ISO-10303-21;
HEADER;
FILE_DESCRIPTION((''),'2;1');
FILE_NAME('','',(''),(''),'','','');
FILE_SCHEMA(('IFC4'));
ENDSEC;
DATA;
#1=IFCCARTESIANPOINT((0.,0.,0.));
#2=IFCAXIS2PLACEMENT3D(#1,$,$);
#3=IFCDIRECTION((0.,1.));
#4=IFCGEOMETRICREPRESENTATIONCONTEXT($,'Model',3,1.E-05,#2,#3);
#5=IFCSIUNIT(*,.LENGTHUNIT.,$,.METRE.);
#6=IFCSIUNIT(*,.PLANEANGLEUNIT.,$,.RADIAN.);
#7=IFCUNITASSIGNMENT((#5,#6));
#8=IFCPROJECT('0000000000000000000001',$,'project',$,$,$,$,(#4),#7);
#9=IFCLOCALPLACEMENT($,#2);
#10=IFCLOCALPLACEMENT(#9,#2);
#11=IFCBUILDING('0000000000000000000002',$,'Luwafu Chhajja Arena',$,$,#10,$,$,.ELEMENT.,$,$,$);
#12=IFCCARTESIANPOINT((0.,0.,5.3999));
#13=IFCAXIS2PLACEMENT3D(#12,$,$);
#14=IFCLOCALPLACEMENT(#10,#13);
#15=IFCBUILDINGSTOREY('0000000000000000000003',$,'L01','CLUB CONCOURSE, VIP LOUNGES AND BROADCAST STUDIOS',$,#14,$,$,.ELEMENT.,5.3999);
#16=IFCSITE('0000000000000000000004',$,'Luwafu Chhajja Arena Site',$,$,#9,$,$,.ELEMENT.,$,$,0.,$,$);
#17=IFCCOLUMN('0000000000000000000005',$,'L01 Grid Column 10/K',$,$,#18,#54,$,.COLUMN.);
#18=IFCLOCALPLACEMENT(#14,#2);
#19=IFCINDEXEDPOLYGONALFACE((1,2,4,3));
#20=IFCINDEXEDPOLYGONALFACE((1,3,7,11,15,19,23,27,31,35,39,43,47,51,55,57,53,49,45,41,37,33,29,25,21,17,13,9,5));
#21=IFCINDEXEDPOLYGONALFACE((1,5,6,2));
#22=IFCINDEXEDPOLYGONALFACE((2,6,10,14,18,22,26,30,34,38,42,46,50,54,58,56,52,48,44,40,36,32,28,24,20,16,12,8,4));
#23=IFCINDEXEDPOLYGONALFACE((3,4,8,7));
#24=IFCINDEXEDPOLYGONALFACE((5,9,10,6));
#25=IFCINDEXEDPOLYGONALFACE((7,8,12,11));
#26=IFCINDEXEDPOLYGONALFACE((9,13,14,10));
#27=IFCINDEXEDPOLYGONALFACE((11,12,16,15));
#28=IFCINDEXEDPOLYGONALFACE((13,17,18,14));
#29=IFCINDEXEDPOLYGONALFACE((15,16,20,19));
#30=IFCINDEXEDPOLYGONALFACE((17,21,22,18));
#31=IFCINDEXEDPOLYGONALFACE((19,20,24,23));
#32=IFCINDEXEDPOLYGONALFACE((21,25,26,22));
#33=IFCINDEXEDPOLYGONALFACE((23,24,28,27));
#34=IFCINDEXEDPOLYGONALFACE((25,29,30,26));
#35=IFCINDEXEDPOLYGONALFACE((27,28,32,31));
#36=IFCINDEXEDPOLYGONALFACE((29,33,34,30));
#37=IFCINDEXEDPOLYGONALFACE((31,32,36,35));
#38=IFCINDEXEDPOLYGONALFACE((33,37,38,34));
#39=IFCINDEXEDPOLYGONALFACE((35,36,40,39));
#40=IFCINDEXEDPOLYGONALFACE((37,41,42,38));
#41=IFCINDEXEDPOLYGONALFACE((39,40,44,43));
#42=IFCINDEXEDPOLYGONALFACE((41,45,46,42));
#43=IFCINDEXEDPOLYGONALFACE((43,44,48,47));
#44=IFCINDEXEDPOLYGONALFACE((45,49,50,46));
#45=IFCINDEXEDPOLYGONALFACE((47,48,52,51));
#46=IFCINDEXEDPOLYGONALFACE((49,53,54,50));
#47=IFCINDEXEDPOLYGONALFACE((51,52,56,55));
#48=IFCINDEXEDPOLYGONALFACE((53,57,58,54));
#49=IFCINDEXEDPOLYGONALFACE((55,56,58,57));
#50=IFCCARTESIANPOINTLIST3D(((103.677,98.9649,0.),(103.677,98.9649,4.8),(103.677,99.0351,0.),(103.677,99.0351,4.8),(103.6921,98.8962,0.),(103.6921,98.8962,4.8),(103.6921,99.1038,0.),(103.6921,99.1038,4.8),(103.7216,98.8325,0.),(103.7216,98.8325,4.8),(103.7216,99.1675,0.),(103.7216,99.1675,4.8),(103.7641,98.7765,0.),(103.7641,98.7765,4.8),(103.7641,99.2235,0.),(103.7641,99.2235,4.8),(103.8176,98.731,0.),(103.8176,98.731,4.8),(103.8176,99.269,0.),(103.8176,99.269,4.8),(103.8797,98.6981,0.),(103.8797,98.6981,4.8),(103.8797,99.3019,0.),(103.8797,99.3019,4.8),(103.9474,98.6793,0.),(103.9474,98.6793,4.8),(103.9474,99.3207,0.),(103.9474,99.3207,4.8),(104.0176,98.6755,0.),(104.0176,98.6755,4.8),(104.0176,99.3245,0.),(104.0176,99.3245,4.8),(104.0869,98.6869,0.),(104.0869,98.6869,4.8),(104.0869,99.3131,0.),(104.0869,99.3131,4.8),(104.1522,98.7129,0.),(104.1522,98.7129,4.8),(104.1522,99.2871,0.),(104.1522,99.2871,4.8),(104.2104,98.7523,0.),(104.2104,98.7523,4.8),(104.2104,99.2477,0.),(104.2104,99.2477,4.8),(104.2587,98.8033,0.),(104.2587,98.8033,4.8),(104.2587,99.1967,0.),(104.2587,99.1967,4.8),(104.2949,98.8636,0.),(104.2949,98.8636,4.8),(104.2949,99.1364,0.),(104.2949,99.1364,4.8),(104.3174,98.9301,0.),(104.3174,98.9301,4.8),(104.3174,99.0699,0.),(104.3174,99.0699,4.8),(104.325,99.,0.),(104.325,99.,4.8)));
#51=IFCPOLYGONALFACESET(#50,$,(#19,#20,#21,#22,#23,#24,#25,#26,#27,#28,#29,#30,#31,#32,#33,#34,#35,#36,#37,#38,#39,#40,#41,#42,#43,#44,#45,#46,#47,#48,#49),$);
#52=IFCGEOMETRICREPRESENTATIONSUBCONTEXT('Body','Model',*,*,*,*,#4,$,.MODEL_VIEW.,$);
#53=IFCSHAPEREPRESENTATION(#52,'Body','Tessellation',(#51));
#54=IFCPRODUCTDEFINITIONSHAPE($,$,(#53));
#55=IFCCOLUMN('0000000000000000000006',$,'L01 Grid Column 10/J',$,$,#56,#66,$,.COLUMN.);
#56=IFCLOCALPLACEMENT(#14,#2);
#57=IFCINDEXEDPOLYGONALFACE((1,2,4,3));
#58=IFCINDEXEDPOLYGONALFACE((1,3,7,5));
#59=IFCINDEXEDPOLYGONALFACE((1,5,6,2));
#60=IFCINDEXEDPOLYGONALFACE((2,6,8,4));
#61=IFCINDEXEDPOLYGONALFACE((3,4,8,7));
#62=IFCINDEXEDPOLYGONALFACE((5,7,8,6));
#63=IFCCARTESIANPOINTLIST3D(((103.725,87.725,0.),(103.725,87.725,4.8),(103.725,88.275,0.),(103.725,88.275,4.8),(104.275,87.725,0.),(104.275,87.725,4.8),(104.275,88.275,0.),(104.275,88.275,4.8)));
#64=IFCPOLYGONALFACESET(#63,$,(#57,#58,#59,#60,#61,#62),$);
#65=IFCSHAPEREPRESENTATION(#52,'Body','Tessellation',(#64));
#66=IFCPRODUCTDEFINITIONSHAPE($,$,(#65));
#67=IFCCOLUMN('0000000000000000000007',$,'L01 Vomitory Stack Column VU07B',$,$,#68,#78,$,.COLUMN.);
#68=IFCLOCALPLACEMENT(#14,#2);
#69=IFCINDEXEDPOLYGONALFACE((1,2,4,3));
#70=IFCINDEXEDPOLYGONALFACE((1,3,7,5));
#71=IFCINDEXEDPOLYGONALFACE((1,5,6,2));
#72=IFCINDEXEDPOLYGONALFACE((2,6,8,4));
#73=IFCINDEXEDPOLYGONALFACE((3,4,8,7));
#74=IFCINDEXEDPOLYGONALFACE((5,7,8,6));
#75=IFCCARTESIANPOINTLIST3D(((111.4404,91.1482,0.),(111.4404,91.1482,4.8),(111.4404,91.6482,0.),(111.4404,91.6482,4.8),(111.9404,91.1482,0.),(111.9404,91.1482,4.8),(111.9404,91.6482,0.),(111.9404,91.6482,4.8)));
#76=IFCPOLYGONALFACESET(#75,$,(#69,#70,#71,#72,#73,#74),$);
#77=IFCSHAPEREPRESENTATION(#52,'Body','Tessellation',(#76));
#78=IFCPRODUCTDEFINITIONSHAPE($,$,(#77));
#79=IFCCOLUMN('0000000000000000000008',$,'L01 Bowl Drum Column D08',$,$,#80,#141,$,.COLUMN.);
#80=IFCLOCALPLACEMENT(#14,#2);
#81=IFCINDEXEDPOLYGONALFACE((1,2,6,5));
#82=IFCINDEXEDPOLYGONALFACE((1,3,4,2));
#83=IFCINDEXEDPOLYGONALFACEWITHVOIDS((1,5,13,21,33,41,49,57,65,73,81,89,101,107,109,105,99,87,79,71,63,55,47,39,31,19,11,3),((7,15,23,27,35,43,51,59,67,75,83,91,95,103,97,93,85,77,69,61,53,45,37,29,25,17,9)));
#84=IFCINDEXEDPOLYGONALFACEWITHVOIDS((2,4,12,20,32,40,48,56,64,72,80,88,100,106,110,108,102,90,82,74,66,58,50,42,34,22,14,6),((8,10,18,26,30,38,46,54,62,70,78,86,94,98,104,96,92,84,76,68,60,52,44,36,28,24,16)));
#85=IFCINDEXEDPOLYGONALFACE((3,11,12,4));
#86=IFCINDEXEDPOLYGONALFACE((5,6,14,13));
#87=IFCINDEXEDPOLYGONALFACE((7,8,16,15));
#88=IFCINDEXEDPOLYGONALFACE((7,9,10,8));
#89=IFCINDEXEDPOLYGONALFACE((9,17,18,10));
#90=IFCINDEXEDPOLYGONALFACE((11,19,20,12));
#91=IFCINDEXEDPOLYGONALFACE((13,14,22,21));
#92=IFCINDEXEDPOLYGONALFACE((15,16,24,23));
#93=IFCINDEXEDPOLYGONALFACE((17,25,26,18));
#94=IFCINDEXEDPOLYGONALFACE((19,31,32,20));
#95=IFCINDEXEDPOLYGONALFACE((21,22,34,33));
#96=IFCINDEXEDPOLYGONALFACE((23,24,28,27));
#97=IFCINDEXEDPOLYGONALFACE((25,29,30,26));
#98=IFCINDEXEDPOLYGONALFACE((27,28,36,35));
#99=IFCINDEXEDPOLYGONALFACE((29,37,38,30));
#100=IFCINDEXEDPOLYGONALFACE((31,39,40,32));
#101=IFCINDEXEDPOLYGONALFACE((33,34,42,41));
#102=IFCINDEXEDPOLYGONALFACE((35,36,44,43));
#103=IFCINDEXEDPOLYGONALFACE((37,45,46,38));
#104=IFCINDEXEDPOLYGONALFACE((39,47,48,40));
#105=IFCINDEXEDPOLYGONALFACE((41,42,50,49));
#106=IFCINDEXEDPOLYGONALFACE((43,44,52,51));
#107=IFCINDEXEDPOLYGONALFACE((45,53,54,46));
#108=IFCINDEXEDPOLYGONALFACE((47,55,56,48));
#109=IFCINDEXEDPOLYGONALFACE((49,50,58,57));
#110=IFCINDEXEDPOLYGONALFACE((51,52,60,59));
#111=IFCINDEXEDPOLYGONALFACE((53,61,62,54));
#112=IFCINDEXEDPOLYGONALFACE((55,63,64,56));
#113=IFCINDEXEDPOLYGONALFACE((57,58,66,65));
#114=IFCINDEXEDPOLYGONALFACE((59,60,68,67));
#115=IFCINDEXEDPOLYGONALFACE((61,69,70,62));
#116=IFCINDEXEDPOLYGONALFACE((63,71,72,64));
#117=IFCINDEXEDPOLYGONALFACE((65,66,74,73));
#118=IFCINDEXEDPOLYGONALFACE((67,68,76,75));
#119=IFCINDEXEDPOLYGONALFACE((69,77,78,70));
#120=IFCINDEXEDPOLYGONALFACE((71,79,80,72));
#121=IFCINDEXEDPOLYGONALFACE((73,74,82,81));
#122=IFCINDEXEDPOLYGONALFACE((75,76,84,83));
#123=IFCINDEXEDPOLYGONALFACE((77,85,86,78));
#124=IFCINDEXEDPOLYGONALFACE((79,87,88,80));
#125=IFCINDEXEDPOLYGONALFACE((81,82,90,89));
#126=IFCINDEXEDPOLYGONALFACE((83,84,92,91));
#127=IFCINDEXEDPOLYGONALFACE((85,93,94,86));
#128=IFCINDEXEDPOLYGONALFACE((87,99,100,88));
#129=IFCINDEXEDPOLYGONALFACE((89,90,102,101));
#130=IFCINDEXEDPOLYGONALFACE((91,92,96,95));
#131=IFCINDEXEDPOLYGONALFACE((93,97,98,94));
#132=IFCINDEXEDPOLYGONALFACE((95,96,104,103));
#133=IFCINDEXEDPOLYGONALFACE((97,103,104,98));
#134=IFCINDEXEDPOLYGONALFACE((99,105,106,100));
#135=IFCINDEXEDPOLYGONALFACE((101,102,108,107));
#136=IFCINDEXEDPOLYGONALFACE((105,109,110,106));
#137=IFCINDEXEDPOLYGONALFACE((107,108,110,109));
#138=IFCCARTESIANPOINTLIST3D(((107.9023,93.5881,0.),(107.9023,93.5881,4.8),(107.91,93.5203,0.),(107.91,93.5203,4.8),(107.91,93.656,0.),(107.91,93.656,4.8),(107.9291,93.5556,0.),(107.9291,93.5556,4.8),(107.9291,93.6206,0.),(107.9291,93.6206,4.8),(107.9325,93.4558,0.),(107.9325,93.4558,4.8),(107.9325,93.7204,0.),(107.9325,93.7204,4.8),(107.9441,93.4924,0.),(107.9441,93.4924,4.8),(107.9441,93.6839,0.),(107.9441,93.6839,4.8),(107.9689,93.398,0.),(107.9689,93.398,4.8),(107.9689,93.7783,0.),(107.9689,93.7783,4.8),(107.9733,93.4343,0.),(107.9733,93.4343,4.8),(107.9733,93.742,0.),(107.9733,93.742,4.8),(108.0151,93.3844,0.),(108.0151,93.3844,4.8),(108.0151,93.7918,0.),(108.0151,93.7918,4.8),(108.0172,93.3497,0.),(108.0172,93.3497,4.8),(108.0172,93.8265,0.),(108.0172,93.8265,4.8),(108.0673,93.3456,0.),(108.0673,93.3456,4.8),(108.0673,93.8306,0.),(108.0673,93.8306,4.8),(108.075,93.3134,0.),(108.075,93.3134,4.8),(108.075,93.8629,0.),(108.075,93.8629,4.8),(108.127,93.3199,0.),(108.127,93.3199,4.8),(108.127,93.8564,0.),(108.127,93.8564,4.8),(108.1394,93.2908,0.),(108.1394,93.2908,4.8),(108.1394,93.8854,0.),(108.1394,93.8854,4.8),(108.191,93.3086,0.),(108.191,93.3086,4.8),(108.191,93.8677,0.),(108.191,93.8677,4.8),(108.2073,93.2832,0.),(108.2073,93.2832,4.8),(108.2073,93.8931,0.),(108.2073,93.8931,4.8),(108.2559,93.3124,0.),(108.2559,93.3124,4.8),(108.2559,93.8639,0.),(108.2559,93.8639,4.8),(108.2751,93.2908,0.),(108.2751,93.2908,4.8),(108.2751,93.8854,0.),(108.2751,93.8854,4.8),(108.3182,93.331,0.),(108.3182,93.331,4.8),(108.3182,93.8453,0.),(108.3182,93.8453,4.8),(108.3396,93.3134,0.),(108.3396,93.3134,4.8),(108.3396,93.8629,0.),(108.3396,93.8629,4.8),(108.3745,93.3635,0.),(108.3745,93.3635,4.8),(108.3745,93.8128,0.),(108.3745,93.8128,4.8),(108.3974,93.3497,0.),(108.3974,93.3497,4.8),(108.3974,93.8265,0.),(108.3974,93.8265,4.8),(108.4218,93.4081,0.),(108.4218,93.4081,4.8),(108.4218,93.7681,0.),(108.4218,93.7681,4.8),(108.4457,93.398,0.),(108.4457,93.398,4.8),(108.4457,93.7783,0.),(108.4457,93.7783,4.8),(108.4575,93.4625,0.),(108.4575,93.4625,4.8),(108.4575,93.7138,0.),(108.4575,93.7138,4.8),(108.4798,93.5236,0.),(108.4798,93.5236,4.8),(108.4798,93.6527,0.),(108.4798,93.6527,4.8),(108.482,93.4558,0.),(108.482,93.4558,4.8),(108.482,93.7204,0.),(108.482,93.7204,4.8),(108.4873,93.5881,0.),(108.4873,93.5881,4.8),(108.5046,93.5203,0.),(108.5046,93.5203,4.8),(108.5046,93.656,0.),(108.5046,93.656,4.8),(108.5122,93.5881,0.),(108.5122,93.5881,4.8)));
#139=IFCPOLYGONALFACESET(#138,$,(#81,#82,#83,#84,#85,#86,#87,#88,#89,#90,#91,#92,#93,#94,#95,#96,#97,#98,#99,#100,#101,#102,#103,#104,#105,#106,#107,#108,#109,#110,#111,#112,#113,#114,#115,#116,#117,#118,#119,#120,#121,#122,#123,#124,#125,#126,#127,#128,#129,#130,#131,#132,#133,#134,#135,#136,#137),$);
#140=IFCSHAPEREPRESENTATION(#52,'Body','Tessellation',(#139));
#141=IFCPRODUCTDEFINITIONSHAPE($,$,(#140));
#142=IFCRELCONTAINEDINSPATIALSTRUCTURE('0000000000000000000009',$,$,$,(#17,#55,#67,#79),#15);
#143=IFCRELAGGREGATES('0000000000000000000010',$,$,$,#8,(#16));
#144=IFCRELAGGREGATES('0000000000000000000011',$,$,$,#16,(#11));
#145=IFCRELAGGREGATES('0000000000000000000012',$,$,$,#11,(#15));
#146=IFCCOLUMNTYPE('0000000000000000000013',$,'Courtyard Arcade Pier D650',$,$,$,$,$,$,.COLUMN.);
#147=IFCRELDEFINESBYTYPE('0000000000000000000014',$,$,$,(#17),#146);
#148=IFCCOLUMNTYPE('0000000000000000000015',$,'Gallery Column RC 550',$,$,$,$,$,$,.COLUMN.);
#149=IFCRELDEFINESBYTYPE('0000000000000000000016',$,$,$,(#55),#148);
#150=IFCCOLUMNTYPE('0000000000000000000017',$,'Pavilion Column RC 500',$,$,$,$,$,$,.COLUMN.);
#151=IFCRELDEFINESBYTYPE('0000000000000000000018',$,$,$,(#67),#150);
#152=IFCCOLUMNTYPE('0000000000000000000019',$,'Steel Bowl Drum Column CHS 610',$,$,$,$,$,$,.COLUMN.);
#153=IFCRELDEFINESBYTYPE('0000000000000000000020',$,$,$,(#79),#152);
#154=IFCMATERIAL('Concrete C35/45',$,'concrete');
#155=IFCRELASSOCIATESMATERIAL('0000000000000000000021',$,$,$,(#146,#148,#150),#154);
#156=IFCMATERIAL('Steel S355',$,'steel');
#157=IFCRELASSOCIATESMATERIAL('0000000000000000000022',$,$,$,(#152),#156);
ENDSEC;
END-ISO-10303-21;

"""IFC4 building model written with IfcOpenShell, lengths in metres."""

from ifc_helpers import new_model, si_unit, direction, frame, origin, origin_2d, place, context, subcontext, project, spatial, rectangle, circle, hollow_circle, extrude, material, material_profile, profile_set, type_object, element, save


model = new_model("IFC4")

# Units and contexts
model_context = context("Model", 3, precision=1e-05, world=origin(), true_north=direction((0.0, 1.0)))
body_context = subcontext(model_context, "Body", "Model", "MODEL_VIEW")
ifc_project = project(units=[si_unit("LENGTHUNIT", "METRE"), si_unit("PLANEANGLEUNIT", "RADIAN")], contexts=[model_context])

# Site, building, storey
site_placement = place(None, origin())
site = spatial("IfcSite", under=ifc_project, at=site_placement, Name="Luwafu Chhajja Arena Site", CompositionType="ELEMENT", RefElevation=0.0)
building_placement = place(site_placement, origin())
building = spatial("IfcBuilding", under=site, at=building_placement, Name="Luwafu Chhajja Arena", CompositionType="ELEMENT")
storey_placement = place(building_placement, frame((0.0, 0.0, 5.3999)))
storey = spatial("IfcBuildingStorey", under=building, at=storey_placement, Name="L01", Description="CLUB CONCOURSE, VIP LOUNGES AND BROADCAST STUDIOS", CompositionType="ELEMENT", Elevation=5.3999)

# Columns
ifc_material_1 = material(Name="Concrete C35/45", Category="concrete")
ifc_material_profile_1 = material_profile(ifc_material_1, circle(Radius=0.325, at=origin_2d()), Name="RC COL D650")
ifc_profile_set_1 = profile_set([ifc_material_profile_1], Name="Concrete C35/45")
column_type_1 = type_object("IfcColumnType", Name="Courtyard Arcade Pier D650", PredefinedType="COLUMN", material=ifc_profile_set_1)
column_1_placement = place(storey_placement, frame((104.0, 99.0, 0.0), z_axis=(0.0, 0.0, 1.0), x_axis=(1.0, 0.0, 0.0)))
element("IfcColumn", 1, at=column_1_placement, inside=storey, type_object=column_type_1, Name="L01 Grid Column 10/K", PredefinedType="COLUMN", context=body_context, shape_type="SweptSolid", body=[
    extrude(circle(Radius=0.325, at=origin_2d()), origin(), (0.0, 0.0, 1.0), 4.8),
])
ifc_material_profile_2 = material_profile(ifc_material_1, rectangle(XDim=0.55, YDim=0.55, at=origin_2d()), Name="RC 550x550")
ifc_profile_set_2 = profile_set([ifc_material_profile_2], Name="Concrete C35/45")
column_type_2 = type_object("IfcColumnType", Name="Gallery Column RC 550", PredefinedType="COLUMN", material=ifc_profile_set_2)
column_2_placement = place(storey_placement, frame((104.0, 88.0, 0.0), z_axis=(0.0, 0.0, 1.0), x_axis=(1.0, 0.0, 0.0)))
element("IfcColumn", 2, at=column_2_placement, inside=storey, type_object=column_type_2, Name="L01 Grid Column 10/J", PredefinedType="COLUMN", context=body_context, shape_type="SweptSolid", body=[
    extrude(rectangle(XDim=0.55, YDim=0.55, at=origin_2d()), origin(), (0.0, 0.0, 1.0), 4.8),
])
ifc_material_profile_3 = material_profile(ifc_material_1, rectangle(XDim=0.5, YDim=0.5, at=origin_2d()), Name="RC 500x500")
ifc_profile_set_3 = profile_set([ifc_material_profile_3], Name="Concrete C35/45")
column_type_3 = type_object("IfcColumnType", Name="Pavilion Column RC 500", PredefinedType="COLUMN", material=ifc_profile_set_3)
column_3_placement = place(storey_placement, frame((111.6904, 91.3982, 0.0), z_axis=(0.0, 0.0, 1.0), x_axis=(1.0, 0.0, 0.0)))
element("IfcColumn", 3, at=column_3_placement, inside=storey, type_object=column_type_3, Name="L01 Vomitory Stack Column VU07B", PredefinedType="COLUMN", context=body_context, shape_type="SweptSolid", body=[
    extrude(rectangle(XDim=0.5, YDim=0.5, at=origin_2d()), origin(), (0.0, 0.0, 1.0), 4.8),
])
ifc_material_2 = material(Name="Steel S355", Category="steel")
ifc_material_profile_4 = material_profile(ifc_material_2, hollow_circle(Radius=0.3049, WallThickness=0.0249, at=origin_2d()), Name="CHS 610x25")
ifc_profile_set_4 = profile_set([ifc_material_profile_4], Name="Steel S355")
column_type_4 = type_object("IfcColumnType", Name="Steel Bowl Drum Column CHS 610", PredefinedType="COLUMN", material=ifc_profile_set_4)
for number, where, z_axis, x_axis, name in (
    (4, (108.2073, 93.5881, 0.0), (0.0, 0.0, 1.0), (1.0, 0.0, 0.0), "L01 Bowl Drum Column D08"),
):
    element("IfcColumn", number, at=place(storey_placement, frame(where, z_axis=z_axis, x_axis=x_axis)), inside=storey, type_object=column_type_4, Name=name, PredefinedType="COLUMN", context=body_context, shape_type="SweptSolid", body=[
        extrude(hollow_circle(Radius=0.3049, WallThickness=0.0249, at=origin_2d()), origin(), (0.0, 0.0, 1.0), 4.8),
    ])

save(model, "model.ifc")
